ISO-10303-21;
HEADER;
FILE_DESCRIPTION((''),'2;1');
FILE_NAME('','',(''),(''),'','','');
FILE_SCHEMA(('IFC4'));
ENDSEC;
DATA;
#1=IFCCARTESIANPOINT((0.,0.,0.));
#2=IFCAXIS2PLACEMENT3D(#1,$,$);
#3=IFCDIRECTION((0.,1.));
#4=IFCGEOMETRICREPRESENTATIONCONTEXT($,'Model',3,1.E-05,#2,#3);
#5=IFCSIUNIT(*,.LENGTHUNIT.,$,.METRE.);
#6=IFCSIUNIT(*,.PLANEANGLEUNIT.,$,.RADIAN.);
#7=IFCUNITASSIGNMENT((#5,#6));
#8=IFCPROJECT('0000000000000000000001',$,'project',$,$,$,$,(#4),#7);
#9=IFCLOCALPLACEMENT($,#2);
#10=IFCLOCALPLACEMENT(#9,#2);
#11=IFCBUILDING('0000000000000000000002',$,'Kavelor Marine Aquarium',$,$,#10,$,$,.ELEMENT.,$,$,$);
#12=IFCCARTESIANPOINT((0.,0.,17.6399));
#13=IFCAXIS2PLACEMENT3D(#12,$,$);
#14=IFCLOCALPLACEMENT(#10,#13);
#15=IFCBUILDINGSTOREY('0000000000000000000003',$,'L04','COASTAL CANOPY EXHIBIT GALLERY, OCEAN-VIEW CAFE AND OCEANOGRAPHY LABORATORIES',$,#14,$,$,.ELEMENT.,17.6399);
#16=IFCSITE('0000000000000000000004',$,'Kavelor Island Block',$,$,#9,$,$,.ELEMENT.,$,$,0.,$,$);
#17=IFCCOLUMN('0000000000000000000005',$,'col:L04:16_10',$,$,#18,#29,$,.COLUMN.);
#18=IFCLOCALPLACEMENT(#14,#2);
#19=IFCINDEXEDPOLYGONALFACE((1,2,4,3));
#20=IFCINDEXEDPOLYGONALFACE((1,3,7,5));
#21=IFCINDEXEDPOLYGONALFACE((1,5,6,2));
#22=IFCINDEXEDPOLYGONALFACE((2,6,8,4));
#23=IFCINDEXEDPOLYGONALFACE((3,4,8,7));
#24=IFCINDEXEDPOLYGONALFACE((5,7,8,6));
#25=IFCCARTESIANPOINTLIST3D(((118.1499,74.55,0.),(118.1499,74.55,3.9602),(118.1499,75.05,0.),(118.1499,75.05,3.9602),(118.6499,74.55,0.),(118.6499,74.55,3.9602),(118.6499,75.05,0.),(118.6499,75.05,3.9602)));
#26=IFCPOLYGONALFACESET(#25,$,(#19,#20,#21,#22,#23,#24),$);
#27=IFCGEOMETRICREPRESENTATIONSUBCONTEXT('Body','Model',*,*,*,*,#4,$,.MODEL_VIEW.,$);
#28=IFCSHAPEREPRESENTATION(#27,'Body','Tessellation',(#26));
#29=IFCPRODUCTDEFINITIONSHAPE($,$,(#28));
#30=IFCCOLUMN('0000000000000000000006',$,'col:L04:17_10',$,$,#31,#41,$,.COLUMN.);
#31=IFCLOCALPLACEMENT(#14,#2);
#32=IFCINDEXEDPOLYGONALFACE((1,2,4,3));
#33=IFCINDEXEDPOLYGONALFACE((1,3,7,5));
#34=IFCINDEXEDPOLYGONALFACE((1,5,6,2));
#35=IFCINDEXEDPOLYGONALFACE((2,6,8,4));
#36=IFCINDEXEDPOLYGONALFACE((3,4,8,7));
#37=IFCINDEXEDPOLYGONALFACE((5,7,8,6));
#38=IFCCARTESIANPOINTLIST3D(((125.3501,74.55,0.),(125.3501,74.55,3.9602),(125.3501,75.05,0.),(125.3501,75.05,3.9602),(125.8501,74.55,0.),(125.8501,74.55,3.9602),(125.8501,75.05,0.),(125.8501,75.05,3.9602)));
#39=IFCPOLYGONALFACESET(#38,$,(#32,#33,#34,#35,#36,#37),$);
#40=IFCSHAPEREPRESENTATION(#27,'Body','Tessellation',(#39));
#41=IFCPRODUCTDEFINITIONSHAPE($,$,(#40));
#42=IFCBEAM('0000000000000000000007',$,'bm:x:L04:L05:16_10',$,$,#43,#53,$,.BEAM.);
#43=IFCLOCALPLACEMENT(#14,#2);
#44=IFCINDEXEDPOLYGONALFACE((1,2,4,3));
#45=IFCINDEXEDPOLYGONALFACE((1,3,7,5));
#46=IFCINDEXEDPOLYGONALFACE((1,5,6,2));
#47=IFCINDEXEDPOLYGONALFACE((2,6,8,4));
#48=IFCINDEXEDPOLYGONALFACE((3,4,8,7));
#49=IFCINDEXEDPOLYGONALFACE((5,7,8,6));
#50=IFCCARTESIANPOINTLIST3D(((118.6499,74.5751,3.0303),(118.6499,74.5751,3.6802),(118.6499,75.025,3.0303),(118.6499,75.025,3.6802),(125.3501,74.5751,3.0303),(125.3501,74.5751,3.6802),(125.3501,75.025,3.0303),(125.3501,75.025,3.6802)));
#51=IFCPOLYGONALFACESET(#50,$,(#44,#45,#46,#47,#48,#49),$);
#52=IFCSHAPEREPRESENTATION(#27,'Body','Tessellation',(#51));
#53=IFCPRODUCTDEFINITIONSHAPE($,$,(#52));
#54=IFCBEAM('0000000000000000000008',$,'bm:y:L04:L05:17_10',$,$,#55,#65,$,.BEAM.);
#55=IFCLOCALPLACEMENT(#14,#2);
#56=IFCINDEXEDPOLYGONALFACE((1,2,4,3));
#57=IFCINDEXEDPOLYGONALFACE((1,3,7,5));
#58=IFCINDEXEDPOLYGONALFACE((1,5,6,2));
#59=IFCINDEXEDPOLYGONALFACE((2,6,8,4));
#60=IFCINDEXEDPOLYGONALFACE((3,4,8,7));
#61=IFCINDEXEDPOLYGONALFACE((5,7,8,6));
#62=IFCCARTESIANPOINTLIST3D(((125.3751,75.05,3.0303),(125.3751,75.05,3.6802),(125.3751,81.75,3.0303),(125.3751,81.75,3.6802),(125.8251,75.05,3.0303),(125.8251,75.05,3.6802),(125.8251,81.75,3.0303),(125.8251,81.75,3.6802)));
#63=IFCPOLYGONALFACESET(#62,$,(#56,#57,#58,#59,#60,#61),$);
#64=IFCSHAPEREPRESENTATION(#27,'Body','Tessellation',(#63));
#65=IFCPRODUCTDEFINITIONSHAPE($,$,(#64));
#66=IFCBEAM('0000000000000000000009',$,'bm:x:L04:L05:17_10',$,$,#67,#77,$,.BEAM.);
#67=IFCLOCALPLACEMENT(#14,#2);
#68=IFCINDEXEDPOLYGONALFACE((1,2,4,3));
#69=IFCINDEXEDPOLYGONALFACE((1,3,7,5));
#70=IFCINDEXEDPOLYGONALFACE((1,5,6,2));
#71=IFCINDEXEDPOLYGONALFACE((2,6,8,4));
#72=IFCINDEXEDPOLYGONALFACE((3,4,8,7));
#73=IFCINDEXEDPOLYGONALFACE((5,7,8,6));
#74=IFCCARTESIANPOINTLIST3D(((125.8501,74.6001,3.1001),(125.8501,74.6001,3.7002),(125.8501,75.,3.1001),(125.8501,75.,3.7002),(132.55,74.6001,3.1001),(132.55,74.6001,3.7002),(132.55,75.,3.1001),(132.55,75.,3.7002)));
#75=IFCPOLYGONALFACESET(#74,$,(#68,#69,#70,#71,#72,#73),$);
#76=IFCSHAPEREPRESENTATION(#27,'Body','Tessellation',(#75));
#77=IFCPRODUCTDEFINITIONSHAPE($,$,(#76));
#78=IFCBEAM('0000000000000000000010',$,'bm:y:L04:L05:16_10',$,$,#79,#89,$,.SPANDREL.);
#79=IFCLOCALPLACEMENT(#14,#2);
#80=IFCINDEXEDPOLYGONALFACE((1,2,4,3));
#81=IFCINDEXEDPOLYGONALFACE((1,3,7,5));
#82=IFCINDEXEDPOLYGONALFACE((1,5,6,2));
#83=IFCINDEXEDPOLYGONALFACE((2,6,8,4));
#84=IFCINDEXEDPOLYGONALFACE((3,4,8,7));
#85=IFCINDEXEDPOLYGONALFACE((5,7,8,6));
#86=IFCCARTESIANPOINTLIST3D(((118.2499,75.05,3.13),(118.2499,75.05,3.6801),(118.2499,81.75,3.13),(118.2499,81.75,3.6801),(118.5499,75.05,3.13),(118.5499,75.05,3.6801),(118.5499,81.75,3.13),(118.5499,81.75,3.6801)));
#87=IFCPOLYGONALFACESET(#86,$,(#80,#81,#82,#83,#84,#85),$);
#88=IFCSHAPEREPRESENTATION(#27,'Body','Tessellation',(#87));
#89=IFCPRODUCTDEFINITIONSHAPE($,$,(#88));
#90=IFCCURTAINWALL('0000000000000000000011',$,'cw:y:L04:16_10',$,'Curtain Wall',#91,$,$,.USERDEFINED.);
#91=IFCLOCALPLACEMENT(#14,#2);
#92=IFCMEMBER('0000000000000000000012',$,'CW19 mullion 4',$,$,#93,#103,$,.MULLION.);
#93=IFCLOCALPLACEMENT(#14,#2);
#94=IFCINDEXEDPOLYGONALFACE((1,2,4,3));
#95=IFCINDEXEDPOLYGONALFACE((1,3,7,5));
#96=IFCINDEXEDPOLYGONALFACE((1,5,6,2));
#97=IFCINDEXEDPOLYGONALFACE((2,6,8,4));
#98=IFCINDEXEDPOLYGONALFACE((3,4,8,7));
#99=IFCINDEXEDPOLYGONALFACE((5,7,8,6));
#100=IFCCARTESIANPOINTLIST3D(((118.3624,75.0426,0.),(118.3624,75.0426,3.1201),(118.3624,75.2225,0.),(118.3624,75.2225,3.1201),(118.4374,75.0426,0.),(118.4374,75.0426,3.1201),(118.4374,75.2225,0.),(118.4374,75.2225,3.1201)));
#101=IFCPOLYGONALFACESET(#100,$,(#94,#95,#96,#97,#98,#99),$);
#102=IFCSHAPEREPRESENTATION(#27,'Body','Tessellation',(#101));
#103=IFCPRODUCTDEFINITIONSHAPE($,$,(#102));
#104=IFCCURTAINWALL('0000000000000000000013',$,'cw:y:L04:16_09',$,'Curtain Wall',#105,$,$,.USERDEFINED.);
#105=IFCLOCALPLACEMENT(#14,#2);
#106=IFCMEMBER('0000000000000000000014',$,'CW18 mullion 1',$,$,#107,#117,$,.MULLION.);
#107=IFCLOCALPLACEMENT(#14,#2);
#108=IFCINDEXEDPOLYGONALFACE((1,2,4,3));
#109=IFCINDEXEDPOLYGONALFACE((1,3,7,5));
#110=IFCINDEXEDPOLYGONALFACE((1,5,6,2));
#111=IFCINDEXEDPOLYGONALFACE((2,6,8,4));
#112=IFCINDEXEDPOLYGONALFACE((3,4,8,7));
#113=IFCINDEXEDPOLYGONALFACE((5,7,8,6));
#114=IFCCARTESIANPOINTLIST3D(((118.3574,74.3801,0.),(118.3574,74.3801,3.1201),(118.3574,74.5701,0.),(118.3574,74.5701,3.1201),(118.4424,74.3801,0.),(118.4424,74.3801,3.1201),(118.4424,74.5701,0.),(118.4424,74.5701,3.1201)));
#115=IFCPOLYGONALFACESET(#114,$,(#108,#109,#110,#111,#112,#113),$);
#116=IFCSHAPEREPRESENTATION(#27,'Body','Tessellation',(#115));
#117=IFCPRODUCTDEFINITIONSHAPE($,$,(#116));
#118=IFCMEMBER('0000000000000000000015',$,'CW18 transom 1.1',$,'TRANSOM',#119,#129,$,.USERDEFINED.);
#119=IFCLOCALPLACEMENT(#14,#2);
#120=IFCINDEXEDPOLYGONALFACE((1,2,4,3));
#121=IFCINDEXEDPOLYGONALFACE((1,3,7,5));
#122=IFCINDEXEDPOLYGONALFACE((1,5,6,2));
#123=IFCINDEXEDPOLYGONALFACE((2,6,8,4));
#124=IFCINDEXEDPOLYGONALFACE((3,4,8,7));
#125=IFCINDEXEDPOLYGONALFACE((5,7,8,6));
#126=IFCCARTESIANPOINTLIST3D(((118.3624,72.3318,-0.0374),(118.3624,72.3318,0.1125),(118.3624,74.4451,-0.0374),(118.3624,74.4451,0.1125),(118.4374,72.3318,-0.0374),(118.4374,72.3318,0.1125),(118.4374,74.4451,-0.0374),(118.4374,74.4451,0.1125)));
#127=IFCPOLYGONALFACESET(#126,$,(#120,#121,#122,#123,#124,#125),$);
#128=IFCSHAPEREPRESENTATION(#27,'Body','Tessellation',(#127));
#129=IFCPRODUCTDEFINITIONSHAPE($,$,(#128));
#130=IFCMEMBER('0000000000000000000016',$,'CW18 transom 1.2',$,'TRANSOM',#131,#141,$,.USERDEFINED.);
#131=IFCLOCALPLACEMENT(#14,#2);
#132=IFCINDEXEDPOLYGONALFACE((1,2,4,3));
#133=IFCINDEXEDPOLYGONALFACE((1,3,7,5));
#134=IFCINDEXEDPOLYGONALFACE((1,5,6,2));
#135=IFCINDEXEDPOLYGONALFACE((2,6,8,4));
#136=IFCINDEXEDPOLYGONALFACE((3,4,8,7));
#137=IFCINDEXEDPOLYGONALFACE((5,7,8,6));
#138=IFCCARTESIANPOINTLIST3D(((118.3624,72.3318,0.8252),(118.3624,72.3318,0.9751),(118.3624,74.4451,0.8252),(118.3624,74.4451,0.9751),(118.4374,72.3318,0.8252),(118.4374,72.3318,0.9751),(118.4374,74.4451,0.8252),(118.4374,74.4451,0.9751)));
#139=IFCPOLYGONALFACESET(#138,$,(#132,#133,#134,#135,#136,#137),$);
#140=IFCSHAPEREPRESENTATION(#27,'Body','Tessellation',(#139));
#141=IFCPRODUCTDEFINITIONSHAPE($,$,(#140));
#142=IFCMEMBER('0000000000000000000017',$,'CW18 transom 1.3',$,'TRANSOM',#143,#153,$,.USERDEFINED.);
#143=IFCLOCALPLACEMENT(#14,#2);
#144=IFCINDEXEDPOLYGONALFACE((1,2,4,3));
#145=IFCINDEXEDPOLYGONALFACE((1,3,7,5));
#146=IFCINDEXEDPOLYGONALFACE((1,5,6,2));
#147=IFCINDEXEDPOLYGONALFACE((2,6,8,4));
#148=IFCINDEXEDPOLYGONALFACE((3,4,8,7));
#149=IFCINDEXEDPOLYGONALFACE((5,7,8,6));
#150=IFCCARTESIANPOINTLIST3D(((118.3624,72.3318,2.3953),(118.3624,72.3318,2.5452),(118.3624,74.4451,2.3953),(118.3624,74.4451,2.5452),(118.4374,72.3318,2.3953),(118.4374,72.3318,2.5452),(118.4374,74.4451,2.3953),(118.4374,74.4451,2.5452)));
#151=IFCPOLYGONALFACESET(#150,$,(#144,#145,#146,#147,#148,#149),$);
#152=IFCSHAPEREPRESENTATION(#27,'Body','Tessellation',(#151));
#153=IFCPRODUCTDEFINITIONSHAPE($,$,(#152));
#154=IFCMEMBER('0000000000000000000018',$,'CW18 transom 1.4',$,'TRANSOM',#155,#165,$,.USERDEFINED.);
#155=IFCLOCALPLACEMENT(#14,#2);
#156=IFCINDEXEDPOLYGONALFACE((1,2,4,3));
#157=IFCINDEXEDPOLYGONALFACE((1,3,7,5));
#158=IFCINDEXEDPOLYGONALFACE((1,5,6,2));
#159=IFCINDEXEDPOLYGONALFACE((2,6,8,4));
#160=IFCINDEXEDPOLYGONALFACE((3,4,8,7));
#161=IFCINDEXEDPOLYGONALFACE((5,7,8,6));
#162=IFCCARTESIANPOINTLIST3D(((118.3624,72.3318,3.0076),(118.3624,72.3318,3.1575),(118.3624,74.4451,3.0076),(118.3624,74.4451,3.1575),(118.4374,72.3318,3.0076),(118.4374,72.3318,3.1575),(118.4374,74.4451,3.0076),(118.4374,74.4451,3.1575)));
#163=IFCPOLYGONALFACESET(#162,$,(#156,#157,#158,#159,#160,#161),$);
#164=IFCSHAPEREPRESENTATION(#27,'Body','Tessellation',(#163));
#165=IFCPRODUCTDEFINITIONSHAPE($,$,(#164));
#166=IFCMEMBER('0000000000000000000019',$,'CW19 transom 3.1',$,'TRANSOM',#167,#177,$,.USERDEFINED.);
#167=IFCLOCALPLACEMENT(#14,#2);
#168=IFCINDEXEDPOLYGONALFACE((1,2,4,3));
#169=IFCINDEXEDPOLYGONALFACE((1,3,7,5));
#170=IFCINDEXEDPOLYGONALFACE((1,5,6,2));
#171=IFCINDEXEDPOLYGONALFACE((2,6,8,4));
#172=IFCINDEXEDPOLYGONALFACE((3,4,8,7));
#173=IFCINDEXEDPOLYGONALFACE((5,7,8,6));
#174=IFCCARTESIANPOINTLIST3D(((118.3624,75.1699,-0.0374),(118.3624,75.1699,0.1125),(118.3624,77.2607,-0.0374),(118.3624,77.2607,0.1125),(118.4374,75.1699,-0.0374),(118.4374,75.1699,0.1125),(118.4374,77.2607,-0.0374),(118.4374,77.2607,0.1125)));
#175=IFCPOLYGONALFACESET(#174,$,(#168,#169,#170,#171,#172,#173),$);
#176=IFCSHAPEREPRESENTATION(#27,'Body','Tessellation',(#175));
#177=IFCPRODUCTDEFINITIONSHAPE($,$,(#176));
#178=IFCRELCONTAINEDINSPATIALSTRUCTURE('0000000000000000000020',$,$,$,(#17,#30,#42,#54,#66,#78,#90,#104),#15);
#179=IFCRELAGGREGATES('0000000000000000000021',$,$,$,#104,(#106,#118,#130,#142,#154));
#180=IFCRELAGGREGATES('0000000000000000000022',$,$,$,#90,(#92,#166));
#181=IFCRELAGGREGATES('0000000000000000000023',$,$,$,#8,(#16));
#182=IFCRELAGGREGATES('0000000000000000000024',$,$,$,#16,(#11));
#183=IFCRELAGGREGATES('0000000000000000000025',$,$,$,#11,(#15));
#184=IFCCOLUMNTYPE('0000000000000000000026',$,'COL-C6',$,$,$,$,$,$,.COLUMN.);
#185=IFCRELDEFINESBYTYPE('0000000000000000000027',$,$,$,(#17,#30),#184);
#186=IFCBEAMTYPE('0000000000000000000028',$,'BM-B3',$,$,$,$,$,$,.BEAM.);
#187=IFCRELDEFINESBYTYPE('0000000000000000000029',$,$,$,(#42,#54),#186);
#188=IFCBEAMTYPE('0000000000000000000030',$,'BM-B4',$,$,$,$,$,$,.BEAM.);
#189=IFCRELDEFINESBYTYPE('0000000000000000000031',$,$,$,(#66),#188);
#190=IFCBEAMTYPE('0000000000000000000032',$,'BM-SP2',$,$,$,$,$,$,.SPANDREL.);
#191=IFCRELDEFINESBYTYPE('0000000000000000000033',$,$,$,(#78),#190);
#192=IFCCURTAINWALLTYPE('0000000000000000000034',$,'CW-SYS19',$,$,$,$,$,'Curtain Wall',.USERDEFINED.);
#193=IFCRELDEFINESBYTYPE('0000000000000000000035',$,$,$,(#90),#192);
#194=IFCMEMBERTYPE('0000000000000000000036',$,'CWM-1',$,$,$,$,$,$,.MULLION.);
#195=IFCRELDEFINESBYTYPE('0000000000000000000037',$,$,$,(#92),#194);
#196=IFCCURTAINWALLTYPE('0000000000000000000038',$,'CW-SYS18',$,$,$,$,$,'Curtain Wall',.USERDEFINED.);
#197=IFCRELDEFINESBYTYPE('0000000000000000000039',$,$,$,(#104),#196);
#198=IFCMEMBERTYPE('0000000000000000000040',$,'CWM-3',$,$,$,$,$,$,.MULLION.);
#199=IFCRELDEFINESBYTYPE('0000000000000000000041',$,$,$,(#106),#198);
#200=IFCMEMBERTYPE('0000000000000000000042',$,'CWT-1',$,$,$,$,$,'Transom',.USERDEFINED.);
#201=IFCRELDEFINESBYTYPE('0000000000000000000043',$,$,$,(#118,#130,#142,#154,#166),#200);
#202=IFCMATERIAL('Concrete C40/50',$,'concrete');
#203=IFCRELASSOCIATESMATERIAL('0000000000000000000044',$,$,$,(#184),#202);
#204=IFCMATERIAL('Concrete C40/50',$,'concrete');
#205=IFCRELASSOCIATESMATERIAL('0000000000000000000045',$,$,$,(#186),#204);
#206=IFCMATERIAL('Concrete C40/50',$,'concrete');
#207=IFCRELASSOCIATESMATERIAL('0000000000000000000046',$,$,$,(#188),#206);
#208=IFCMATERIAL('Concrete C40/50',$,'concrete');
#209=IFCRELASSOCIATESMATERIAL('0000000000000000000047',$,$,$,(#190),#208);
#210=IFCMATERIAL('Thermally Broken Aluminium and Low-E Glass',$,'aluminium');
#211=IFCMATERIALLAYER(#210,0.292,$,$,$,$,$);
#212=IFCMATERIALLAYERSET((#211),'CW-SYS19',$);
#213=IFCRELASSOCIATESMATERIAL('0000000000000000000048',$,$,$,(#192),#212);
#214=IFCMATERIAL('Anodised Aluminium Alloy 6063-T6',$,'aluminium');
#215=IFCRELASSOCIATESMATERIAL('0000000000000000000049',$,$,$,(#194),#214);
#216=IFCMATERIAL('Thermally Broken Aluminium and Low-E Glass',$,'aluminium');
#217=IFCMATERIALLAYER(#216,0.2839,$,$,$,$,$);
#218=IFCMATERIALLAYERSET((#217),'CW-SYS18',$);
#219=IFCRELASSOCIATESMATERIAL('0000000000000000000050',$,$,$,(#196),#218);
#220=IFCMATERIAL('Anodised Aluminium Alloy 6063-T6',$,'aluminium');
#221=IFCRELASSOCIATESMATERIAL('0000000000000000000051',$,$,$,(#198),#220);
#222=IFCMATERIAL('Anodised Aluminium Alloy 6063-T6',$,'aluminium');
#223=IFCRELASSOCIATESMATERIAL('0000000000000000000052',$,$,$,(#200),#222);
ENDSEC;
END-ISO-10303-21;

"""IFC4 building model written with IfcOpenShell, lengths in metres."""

from ifc_helpers import new_model, si_unit, direction, frame, origin, origin_2d, place, context, subcontext, project, spatial, rectangle, extrude, material, layer, layer_set, material_profile, profile_set, type_object, element, aggregate, save


model = new_model("IFC4")

# Units and contexts
model_context = context("Model", 3, precision=1e-05, world=origin(), true_north=direction((0.0, 1.0)))
body_context = subcontext(model_context, "Body", "Model", "MODEL_VIEW")
ifc_project = project(units=[si_unit("LENGTHUNIT", "METRE"), si_unit("PLANEANGLEUNIT", "RADIAN")], contexts=[model_context])

# Site, building, storey
site_placement = place(None, origin())
site = spatial("IfcSite", under=ifc_project, at=site_placement, Name="Kavelor Island Block", CompositionType="ELEMENT", RefElevation=0.0)
building_placement = place(site_placement, origin())
building = spatial("IfcBuilding", under=site, at=building_placement, Name="Kavelor Marine Aquarium", CompositionType="ELEMENT")
storey_placement = place(building_placement, frame((0.0, 0.0, 17.6399)))
storey = spatial("IfcBuildingStorey", under=building, at=storey_placement, Name="L04", Description="COASTAL CANOPY EXHIBIT GALLERY, OCEAN-VIEW CAFE AND OCEANOGRAPHY LABORATORIES", CompositionType="ELEMENT", Elevation=17.6399)

# Columns
ifc_material_1 = material(Name="Concrete C40/50", Category="concrete")
ifc_material_profile_1 = material_profile(ifc_material_1, rectangle(XDim=0.5, YDim=0.5, at=origin_2d()), Name="RC-COL 500x500")
ifc_profile_set_1 = profile_set([ifc_material_profile_1], Name="Concrete C40/50")
column_type = type_object("IfcColumnType", Name="COL-C6", PredefinedType="COLUMN", material=ifc_profile_set_1)
for number, where, z_axis, x_axis, name in (
    (1, (118.3999, 74.8, 0.0), (0.0, 0.0, 1.0), (1.0, 0.0, 0.0), "col:L04:16_10"),
    (2, (125.6001, 74.8, 0.0), (0.0, 0.0, 1.0), (1.0, 0.0, 0.0), "col:L04:17_10"),
):
    element("IfcColumn", number, at=place(storey_placement, frame(where, z_axis=z_axis, x_axis=x_axis)), inside=storey, type_object=column_type, Name=name, PredefinedType="COLUMN", context=body_context, shape_type="SweptSolid", body=[
        extrude(rectangle(XDim=0.5, YDim=0.5, at=origin_2d()), origin(), (0.0, 0.0, 1.0), 3.9602),
    ])

# Beams
ifc_material_2 = material(Name="Concrete C40/50", Category="concrete")
ifc_material_profile_2 = material_profile(ifc_material_2, rectangle(XDim=0.45, YDim=0.6499, at=origin_2d()), Name="RC-BM 450x650")
ifc_profile_set_2 = profile_set([ifc_material_profile_2], Name="Concrete C40/50")
beam_type_1 = type_object("IfcBeamType", Name="BM-B3", PredefinedType="BEAM", material=ifc_profile_set_2)
beam_1_placement = place(storey_placement, frame((118.6499, 74.8, 3.3552), z_axis=(1.0, 0.0, 0.0), x_axis=(0.0, 1.0, 0.0)))
element("IfcBeam", 3, at=beam_1_placement, inside=storey, type_object=beam_type_1, Name="bm:x:L04:L05:16_10", PredefinedType="BEAM", context=body_context, shape_type="SweptSolid", body=[
    extrude(rectangle(XDim=0.45, YDim=0.6499, at=origin_2d()), origin(), (0.0, 0.0, 1.0), 6.7002),
])
beam_2_placement = place(storey_placement, frame((125.6001, 75.05, 3.3552), z_axis=(0.0, 1.0, 0.0), x_axis=(-1.0, 0.0, 0.0)))
element("IfcBeam", 4, at=beam_2_placement, inside=storey, type_object=beam_type_1, Name="bm:y:L04:L05:17_10", PredefinedType="BEAM", context=body_context, shape_type="SweptSolid", body=[
    extrude(rectangle(XDim=0.45, YDim=0.6499, at=origin_2d()), origin(), (0.0, 0.0, 1.0), 6.7),
])
ifc_material_3 = material(Name="Concrete C40/50", Category="concrete")
ifc_material_profile_3 = material_profile(ifc_material_3, rectangle(XDim=0.3999, YDim=0.6001, at=origin_2d()), Name="RC-BM 400x600")
ifc_profile_set_3 = profile_set([ifc_material_profile_3], Name="Concrete C40/50")
beam_type_2 = type_object("IfcBeamType", Name="BM-B4", PredefinedType="BEAM", material=ifc_profile_set_3)
beam_3_placement = place(storey_placement, frame((125.8501, 74.8, 3.4001), z_axis=(1.0, 0.0, 0.0), x_axis=(0.0, 1.0, 0.0)))
element("IfcBeam", 5, at=beam_3_placement, inside=storey, type_object=beam_type_2, Name="bm:x:L04:L05:17_10", PredefinedType="BEAM", context=body_context, shape_type="SweptSolid", body=[
    extrude(rectangle(XDim=0.3999, YDim=0.6001, at=origin_2d()), origin(), (0.0, 0.0, 1.0), 6.7),
])
ifc_material_4 = material(Name="Concrete C40/50", Category="concrete")
ifc_material_profile_4 = material_profile(ifc_material_4, rectangle(XDim=0.3, YDim=0.55, at=origin_2d()), Name="RC-SP 300x550")
ifc_profile_set_4 = profile_set([ifc_material_profile_4], Name="Concrete C40/50")
beam_type_3 = type_object("IfcBeamType", Name="BM-SP2", PredefinedType="SPANDREL", material=ifc_profile_set_4)
beam_4_placement = place(storey_placement, frame((118.3999, 75.05, 3.405), z_axis=(0.0, 1.0, 0.0), x_axis=(-1.0, 0.0, 0.0)))
element("IfcBeam", 6, at=beam_4_placement, inside=storey, type_object=beam_type_3, Name="bm:y:L04:L05:16_10", PredefinedType="SPANDREL", context=body_context, shape_type="SweptSolid", body=[
    extrude(rectangle(XDim=0.3, YDim=0.55, at=origin_2d()), origin(), (0.0, 0.0, 1.0), 6.7),
])

# Curtain wall, member
ifc_material_5 = material(Name="Thermally Broken Aluminium and Low-E Glass", Category="aluminium")
ifc_layer_1 = layer(ifc_material_5, 0.292)
ifc_layer_set_1 = layer_set([ifc_layer_1], Name="CW-SYS19")
curtain_wall_type_1 = type_object("IfcCurtainWallType", Name="CW-SYS19", ElementType="Curtain Wall", PredefinedType="USERDEFINED", material=ifc_layer_set_1)
curtain_wall_1_placement = place(storey_placement, origin())
curtain_wall_1 = element("IfcCurtainWall", 7, at=curtain_wall_1_placement, inside=storey, type_object=curtain_wall_type_1, Name="cw:y:L04:16_10", ObjectType="Curtain Wall", PredefinedType="USERDEFINED")
ifc_material_6 = material(Name="Anodised Aluminium Alloy 6063-T6", Category="aluminium")
ifc_material_profile_5 = material_profile(ifc_material_6, rectangle(XDim=0.075, YDim=0.1799, at=origin_2d()), Name="CW-MUL 75x180")
ifc_profile_set_5 = profile_set([ifc_material_profile_5], Name="Anodised Aluminium Alloy 6063-T6")
member_type_1 = type_object("IfcMemberType", Name="CWM-1", PredefinedType="MULLION", material=ifc_profile_set_5)
member_1_placement = place(storey_placement, frame((118.3999, 75.1326, 0.0), z_axis=(0.0, 0.0, 1.0), x_axis=(1.0, 0.0, 0.0)))
member_1 = element("IfcMember", 8, at=member_1_placement, type_object=member_type_1, Name="CW19 mullion 4", PredefinedType="MULLION", context=body_context, shape_type="SweptSolid", body=[
    extrude(rectangle(XDim=0.075, YDim=0.1799, at=origin_2d()), origin(), (0.0, 0.0, 1.0), 3.1201),
])

# Curtain wall, members
ifc_material_7 = material(Name="Thermally Broken Aluminium and Low-E Glass", Category="aluminium")
ifc_layer_2 = layer(ifc_material_7, 0.2839)
ifc_layer_set_2 = layer_set([ifc_layer_2], Name="CW-SYS18")
curtain_wall_type_2 = type_object("IfcCurtainWallType", Name="CW-SYS18", ElementType="Curtain Wall", PredefinedType="USERDEFINED", material=ifc_layer_set_2)
curtain_wall_2_placement = place(storey_placement, origin())
curtain_wall_2 = element("IfcCurtainWall", 9, at=curtain_wall_2_placement, inside=storey, type_object=curtain_wall_type_2, Name="cw:y:L04:16_09", ObjectType="Curtain Wall", PredefinedType="USERDEFINED")
ifc_material_8 = material(Name="Anodised Aluminium Alloy 6063-T6", Category="aluminium")
ifc_material_profile_6 = material_profile(ifc_material_8, rectangle(XDim=0.085, YDim=0.1899, at=origin_2d()), Name="CW-MUL 85x190")
ifc_profile_set_6 = profile_set([ifc_material_profile_6], Name="Anodised Aluminium Alloy 6063-T6")
member_type_2 = type_object("IfcMemberType", Name="CWM-3", PredefinedType="MULLION", material=ifc_profile_set_6)
member_2_placement = place(storey_placement, frame((118.3999, 74.4751, 0.0), z_axis=(0.0, 0.0, 1.0), x_axis=(1.0, 0.0, 0.0)))
member_2 = element("IfcMember", 10, at=member_2_placement, type_object=member_type_2, Name="CW18 mullion 1", PredefinedType="MULLION", context=body_context, shape_type="SweptSolid", body=[
    extrude(rectangle(XDim=0.085, YDim=0.1899, at=origin_2d()), origin(), (0.0, 0.0, 1.0), 3.1201),
])
ifc_material_9 = material(Name="Anodised Aluminium Alloy 6063-T6", Category="aluminium")
ifc_material_profile_7 = material_profile(ifc_material_9, rectangle(XDim=0.075, YDim=0.1499, at=origin_2d()), Name="CW-TRN 75x150")
ifc_profile_set_7 = profile_set([ifc_material_profile_7], Name="Anodised Aluminium Alloy 6063-T6")
member_type_3 = type_object("IfcMemberType", Name="CWT-1", ElementType="Transom", PredefinedType="USERDEFINED", material=ifc_profile_set_7)
member_3_placement = place(storey_placement, frame((118.3999, 74.4451, 0.0376), z_axis=(0.0, -1.0, 0.0), x_axis=(1.0, 0.0, 0.0)))
member_3 = element("IfcMember", 11, at=member_3_placement, type_object=member_type_3, Name="CW18 transom 1.1", ObjectType="TRANSOM", PredefinedType="USERDEFINED", context=body_context, shape_type="SweptSolid", body=[
    extrude(rectangle(XDim=0.075, YDim=0.1499, at=origin_2d()), origin(), (0.0, 0.0, 1.0), 2.1133),
])
member_4_placement = place(storey_placement, frame((118.3999, 74.4451, 0.9001), z_axis=(0.0, -1.0, 0.0), x_axis=(1.0, 0.0, 0.0)))
member_4 = element("IfcMember", 12, at=member_4_placement, type_object=member_type_3, Name="CW18 transom 1.2", ObjectType="TRANSOM", PredefinedType="USERDEFINED", context=body_context, shape_type="SweptSolid", body=[
    extrude(rectangle(XDim=0.075, YDim=0.1499, at=origin_2d()), origin(), (0.0, 0.0, 1.0), 2.1133),
])
member_5_placement = place(storey_placement, frame((118.3999, 74.4451, 2.4702), z_axis=(0.0, -1.0, 0.0), x_axis=(1.0, 0.0, 0.0)))
member_5 = element("IfcMember", 13, at=member_5_placement, type_object=member_type_3, Name="CW18 transom 1.3", ObjectType="TRANSOM", PredefinedType="USERDEFINED", context=body_context, shape_type="SweptSolid", body=[
    extrude(rectangle(XDim=0.075, YDim=0.1499, at=origin_2d()), origin(), (0.0, 0.0, 1.0), 2.1133),
])
member_6_placement = place(storey_placement, frame((118.3999, 74.4451, 3.0825), z_axis=(0.0, -1.0, 0.0), x_axis=(1.0, 0.0, 0.0)))
member_6 = element("IfcMember", 14, at=member_6_placement, type_object=member_type_3, Name="CW18 transom 1.4", ObjectType="TRANSOM", PredefinedType="USERDEFINED", context=body_context, shape_type="SweptSolid", body=[
    extrude(rectangle(XDim=0.075, YDim=0.1499, at=origin_2d()), origin(), (0.0, 0.0, 1.0), 2.1133),
])

# Member
member_7_placement = place(storey_placement, frame((118.3999, 77.2607, 0.0376), z_axis=(0.0, -1.0, 0.0), x_axis=(1.0, 0.0, 0.0)))
member_7 = element("IfcMember", 15, at=member_7_placement, type_object=member_type_3, Name="CW19 transom 3.1", ObjectType="TRANSOM", PredefinedType="USERDEFINED", context=body_context, shape_type="SweptSolid", body=[
    extrude(rectangle(XDim=0.075, YDim=0.1499, at=origin_2d()), origin(), (0.0, 0.0, 1.0), 2.0908),
])

aggregate(curtain_wall_2, [member_2, member_3, member_4, member_5, member_6])
aggregate(curtain_wall_1, [member_1, member_7])

save(model, "model.ifc")
